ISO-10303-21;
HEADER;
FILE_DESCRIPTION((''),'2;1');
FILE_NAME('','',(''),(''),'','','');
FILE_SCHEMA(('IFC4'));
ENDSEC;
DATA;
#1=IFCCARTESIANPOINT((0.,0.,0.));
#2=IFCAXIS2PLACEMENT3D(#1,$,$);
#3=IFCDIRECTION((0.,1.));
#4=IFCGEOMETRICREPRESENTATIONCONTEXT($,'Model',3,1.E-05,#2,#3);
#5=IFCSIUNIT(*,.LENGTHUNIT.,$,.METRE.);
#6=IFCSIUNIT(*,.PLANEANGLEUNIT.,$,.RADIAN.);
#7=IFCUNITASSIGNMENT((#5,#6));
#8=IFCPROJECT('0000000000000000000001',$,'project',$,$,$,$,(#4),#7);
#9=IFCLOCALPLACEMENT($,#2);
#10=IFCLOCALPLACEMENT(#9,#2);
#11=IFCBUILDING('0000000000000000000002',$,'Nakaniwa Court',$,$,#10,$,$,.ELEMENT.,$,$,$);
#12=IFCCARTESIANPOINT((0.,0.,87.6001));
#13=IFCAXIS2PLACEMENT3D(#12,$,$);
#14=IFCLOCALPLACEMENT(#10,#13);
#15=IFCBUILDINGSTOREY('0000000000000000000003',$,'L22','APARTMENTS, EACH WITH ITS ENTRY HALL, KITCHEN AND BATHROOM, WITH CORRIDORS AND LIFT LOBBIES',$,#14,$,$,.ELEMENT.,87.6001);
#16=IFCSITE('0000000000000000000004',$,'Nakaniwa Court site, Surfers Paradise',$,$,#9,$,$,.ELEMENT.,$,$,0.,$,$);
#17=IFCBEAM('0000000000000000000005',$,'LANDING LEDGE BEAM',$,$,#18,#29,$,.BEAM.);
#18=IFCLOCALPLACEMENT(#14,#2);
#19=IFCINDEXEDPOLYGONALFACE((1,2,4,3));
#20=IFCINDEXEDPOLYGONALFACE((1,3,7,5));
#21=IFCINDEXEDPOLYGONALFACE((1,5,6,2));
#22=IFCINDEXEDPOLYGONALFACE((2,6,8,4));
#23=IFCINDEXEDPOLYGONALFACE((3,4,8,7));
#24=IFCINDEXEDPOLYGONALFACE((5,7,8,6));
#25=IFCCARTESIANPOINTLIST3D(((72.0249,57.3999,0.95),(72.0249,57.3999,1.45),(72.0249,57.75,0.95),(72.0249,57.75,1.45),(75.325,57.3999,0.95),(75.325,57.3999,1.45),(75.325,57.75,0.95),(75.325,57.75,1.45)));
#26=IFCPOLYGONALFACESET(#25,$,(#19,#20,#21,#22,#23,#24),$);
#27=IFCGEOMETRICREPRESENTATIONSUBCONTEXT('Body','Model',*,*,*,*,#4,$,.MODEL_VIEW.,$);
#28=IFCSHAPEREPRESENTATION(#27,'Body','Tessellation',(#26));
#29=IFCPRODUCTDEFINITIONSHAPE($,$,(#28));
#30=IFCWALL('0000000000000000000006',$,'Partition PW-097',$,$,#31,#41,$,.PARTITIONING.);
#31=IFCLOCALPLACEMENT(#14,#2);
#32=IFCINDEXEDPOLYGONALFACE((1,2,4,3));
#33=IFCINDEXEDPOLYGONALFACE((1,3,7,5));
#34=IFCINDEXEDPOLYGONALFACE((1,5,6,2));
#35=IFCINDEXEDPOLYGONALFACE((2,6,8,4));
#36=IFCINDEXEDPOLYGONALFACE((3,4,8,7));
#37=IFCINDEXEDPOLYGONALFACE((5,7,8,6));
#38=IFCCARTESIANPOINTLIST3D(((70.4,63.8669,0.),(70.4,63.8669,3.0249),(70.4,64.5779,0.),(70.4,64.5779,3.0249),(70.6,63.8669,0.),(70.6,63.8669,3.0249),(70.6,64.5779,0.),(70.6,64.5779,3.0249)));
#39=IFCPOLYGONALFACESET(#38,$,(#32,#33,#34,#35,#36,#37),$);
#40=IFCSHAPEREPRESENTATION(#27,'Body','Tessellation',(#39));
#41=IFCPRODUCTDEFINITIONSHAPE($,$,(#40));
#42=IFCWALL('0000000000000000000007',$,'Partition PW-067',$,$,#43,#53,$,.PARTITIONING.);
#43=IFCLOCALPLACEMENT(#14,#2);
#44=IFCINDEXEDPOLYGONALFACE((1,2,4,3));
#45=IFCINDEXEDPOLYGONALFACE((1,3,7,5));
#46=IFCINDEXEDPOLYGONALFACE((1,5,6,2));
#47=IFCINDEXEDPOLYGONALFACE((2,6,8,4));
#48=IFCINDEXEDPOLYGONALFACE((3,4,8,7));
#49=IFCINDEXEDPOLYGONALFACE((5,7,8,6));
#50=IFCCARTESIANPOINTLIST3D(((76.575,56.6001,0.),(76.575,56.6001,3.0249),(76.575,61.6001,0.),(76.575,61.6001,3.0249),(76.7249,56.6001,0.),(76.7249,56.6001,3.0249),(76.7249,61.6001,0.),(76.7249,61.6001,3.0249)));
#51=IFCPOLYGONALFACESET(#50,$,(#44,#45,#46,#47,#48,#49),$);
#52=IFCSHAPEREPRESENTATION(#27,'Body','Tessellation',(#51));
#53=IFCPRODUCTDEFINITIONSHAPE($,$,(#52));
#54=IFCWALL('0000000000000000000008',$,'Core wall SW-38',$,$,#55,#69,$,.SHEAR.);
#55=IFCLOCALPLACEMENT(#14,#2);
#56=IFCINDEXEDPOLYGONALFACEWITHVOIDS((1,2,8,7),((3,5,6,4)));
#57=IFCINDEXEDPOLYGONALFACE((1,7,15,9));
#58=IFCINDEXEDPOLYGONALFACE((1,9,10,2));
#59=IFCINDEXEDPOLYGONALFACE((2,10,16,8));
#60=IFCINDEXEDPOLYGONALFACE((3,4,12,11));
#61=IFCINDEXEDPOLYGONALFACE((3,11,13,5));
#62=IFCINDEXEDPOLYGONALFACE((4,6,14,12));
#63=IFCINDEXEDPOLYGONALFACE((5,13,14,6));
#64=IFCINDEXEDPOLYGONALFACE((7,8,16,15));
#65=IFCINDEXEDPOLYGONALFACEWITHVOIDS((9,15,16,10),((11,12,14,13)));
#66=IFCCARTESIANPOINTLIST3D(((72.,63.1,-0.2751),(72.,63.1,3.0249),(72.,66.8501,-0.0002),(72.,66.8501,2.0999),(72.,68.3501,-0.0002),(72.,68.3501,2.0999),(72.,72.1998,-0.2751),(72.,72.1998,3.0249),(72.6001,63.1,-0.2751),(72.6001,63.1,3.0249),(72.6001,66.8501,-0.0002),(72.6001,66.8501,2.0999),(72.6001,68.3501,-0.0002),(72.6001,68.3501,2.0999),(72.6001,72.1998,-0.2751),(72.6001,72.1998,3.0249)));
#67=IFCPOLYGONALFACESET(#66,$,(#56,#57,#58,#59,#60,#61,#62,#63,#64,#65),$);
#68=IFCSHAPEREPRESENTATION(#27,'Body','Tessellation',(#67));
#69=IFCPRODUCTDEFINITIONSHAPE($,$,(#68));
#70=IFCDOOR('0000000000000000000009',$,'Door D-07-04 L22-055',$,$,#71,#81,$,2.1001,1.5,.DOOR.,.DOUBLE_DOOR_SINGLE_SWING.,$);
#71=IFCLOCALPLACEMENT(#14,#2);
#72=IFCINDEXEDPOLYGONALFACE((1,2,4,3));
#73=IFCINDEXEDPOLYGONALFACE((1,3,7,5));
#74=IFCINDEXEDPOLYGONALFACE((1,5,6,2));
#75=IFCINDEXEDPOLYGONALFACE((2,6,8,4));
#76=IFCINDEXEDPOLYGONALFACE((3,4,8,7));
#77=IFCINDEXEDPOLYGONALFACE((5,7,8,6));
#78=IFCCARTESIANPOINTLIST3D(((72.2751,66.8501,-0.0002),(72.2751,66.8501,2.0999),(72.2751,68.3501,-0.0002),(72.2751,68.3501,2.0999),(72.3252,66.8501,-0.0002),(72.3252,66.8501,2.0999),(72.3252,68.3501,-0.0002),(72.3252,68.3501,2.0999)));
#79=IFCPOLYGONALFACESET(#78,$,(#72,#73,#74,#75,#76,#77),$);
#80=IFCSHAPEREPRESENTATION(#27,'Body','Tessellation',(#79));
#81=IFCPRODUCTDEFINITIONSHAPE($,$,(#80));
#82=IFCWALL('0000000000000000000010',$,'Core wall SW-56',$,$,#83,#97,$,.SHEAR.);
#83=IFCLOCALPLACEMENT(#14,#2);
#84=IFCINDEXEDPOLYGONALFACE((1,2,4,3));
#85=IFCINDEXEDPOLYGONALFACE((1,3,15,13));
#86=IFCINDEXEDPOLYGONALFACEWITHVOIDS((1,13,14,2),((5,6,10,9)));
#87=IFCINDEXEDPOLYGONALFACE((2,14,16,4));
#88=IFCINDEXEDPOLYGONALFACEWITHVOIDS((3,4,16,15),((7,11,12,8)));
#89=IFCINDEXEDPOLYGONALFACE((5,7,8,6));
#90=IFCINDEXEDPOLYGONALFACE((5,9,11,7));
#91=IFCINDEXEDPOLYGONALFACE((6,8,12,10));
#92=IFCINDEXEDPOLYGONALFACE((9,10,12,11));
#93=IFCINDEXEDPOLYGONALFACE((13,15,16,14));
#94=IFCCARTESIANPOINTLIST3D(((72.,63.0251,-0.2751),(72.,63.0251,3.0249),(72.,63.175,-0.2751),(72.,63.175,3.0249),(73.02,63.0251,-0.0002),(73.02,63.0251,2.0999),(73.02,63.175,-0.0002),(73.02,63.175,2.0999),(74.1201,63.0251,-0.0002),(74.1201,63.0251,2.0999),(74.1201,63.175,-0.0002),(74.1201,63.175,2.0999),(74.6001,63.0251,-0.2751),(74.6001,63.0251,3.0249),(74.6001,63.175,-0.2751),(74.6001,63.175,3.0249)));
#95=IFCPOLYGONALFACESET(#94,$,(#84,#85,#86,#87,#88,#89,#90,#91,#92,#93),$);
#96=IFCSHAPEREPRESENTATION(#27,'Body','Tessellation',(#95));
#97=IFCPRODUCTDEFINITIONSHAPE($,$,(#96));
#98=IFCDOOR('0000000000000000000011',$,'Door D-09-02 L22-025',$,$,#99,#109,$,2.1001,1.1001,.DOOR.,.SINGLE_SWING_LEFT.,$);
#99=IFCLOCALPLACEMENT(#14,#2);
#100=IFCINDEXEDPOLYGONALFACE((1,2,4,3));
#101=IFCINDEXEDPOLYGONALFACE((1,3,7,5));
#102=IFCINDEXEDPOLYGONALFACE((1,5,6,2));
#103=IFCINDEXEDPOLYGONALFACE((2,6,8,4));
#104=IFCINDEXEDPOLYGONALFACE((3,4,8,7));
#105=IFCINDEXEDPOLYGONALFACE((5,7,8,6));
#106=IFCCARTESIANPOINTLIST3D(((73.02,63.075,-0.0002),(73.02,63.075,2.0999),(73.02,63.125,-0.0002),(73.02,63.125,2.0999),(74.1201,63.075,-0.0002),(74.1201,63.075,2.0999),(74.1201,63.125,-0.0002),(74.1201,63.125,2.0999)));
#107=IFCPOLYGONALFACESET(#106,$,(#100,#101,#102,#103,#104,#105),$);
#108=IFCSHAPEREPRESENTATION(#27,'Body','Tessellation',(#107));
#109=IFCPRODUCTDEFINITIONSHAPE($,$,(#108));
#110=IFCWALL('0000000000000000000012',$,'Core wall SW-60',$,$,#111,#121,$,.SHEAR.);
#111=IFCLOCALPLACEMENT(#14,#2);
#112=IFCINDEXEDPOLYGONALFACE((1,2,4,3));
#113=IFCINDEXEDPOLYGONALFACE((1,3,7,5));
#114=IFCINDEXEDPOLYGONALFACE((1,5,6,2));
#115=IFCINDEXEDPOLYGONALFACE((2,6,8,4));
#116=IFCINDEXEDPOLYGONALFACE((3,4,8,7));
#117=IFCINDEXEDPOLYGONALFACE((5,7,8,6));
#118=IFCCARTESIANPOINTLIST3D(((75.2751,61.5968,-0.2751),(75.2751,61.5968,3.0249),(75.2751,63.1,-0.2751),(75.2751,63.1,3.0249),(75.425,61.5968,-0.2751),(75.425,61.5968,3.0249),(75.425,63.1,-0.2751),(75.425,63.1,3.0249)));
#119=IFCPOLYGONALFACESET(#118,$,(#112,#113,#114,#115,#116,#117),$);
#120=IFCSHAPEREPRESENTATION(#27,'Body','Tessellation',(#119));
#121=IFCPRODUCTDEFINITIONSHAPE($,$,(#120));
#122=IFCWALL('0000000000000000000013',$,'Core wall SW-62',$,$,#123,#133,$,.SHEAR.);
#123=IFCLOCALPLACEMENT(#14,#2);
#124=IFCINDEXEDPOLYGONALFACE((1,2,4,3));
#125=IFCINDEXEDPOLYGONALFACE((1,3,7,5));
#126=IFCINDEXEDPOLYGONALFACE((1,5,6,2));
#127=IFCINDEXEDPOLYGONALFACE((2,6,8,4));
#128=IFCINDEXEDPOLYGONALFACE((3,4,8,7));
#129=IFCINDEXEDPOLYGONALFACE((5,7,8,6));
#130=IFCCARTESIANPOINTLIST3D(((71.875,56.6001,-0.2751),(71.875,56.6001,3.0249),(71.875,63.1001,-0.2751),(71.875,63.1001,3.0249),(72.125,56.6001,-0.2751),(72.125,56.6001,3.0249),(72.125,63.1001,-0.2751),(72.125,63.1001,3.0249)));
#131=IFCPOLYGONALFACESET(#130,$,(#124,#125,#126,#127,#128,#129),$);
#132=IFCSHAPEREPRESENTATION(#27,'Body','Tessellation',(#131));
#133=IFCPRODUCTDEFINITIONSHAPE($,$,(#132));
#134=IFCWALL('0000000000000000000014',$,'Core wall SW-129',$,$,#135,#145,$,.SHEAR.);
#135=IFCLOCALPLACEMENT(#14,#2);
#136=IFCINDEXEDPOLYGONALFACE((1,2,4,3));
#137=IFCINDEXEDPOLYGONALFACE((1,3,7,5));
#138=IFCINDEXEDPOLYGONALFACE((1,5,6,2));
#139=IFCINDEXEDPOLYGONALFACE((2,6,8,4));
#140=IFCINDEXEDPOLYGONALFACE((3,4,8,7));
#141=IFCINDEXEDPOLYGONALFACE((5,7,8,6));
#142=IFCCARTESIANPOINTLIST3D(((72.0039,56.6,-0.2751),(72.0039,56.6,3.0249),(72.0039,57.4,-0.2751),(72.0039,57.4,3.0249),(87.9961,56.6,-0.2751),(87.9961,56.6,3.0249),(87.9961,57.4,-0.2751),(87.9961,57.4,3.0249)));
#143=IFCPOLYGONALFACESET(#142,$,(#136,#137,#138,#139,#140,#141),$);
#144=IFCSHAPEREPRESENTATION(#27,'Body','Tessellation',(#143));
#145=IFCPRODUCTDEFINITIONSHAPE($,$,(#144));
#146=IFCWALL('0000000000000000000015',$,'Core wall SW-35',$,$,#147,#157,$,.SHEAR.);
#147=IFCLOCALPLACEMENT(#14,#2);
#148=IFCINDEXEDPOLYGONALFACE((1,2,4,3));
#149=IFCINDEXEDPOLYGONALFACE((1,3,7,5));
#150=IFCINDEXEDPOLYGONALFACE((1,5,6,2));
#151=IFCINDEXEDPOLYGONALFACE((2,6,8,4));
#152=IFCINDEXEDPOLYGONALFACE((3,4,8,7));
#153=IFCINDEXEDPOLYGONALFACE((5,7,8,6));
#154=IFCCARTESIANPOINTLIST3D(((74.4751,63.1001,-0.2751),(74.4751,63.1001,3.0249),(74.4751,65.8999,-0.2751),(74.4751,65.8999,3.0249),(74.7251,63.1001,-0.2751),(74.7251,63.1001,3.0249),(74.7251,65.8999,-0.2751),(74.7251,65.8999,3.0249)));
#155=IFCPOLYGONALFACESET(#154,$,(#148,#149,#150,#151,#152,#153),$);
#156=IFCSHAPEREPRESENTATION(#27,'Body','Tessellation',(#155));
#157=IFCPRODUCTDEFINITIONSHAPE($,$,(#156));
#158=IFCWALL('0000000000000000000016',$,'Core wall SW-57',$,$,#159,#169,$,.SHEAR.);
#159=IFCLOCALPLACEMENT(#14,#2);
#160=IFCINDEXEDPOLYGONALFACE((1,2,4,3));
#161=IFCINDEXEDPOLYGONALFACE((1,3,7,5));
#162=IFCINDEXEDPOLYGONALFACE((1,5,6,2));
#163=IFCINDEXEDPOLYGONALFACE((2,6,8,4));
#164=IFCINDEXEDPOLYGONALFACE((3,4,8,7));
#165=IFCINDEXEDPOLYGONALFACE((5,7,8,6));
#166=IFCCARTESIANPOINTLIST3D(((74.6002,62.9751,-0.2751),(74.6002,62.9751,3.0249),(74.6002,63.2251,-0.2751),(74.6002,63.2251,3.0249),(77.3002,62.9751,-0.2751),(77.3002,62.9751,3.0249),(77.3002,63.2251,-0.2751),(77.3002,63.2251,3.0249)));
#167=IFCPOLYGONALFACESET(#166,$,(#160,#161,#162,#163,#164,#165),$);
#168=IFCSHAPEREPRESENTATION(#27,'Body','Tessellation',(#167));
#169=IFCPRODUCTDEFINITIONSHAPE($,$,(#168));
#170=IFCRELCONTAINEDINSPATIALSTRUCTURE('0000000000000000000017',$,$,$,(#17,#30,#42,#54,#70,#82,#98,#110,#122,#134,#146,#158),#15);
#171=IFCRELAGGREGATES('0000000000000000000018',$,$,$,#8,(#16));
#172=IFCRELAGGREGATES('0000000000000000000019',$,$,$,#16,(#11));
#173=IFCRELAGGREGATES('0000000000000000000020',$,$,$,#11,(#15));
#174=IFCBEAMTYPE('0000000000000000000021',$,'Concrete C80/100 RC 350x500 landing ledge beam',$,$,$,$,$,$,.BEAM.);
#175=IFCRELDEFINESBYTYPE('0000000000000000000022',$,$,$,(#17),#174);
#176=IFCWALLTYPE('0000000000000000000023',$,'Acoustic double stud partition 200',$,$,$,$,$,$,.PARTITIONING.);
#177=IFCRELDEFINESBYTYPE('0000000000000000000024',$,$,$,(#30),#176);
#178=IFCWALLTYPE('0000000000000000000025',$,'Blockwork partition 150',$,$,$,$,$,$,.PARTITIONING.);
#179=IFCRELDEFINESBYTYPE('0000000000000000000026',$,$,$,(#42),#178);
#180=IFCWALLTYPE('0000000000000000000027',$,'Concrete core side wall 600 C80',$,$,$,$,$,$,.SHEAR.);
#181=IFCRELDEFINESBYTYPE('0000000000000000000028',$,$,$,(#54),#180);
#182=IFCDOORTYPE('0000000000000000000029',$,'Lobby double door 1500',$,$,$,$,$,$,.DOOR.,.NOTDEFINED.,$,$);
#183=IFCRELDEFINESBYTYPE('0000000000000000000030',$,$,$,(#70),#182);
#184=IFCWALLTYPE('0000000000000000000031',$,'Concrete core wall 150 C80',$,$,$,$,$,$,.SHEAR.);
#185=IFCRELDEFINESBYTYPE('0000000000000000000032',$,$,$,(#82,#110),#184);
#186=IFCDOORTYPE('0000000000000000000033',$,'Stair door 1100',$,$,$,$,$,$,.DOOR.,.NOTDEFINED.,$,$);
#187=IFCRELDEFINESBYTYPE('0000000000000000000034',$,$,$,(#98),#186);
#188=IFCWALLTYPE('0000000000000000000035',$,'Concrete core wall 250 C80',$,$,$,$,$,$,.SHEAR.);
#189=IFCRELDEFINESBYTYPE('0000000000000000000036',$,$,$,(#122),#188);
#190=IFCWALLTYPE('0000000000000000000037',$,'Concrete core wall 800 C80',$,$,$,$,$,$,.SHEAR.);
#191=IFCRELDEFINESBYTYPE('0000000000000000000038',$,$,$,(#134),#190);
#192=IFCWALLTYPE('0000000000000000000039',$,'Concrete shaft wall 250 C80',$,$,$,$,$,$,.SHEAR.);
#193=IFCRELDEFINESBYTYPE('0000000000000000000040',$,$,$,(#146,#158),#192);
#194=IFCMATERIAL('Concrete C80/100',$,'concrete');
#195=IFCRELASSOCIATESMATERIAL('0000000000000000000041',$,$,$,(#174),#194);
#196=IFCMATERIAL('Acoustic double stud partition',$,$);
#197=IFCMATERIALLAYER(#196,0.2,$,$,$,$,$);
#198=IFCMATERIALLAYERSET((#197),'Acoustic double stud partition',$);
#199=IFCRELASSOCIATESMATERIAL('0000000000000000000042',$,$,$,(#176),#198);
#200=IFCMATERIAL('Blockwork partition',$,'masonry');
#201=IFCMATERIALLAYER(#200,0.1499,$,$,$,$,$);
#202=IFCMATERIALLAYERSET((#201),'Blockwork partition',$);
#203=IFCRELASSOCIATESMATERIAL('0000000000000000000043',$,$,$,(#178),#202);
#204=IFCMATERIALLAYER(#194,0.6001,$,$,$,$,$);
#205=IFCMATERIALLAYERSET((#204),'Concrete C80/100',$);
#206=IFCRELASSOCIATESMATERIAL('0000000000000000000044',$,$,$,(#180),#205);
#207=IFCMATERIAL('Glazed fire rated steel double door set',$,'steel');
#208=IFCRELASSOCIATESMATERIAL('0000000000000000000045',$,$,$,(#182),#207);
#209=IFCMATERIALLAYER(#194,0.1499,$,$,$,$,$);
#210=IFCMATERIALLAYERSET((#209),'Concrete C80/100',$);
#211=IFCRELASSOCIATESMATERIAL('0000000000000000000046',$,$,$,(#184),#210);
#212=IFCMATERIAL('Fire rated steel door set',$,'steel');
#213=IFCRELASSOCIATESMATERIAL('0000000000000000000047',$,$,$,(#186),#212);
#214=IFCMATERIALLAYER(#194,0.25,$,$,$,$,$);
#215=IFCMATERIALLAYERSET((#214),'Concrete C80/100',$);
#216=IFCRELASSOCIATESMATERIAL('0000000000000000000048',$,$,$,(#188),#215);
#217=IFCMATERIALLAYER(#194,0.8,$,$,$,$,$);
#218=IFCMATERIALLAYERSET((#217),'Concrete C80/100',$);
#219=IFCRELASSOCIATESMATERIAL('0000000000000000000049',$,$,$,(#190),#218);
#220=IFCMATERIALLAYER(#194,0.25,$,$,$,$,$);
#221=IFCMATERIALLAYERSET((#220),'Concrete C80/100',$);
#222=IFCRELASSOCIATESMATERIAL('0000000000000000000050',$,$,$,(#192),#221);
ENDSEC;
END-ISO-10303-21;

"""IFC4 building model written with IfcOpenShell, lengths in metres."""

from ifc_helpers import new_model, si_unit, direction, frame, frame_2d, origin, origin_2d, place, context, subcontext, project, spatial, rectangle, extrude, material, layer, layer_set, material_profile, profile_set, type_object, element, fill, save


model = new_model("IFC4")

# Units and contexts
model_context = context("Model", 3, precision=1e-05, world=origin(), true_north=direction((0.0, 1.0)))
body_context = subcontext(model_context, "Body", "Model", "MODEL_VIEW")
ifc_project = project(units=[si_unit("LENGTHUNIT", "METRE"), si_unit("PLANEANGLEUNIT", "RADIAN")], contexts=[model_context])

# Site, building, storey
site_placement = place(None, origin())
site = spatial("IfcSite", under=ifc_project, at=site_placement, Name="Nakaniwa Court site, Surfers Paradise", CompositionType="ELEMENT", RefElevation=0.0)
building_placement = place(site_placement, origin())
building = spatial("IfcBuilding", under=site, at=building_placement, Name="Nakaniwa Court", CompositionType="ELEMENT")
storey_placement = place(building_placement, frame((0.0, 0.0, 87.6001)))
storey = spatial("IfcBuildingStorey", under=building, at=storey_placement, Name="L22", Description="APARTMENTS, EACH WITH ITS ENTRY HALL, KITCHEN AND BATHROOM, WITH CORRIDORS AND LIFT LOBBIES", CompositionType="ELEMENT", Elevation=87.6001)

# Beam
ifc_material_1 = material(Name="Concrete C80/100", Category="concrete")
ifc_material_profile = material_profile(ifc_material_1, rectangle(XDim=0.3501, YDim=0.5, at=origin_2d()), Name="Concrete C80/100 RC 350x500 landing ledge beam")
ifc_profile_set = profile_set([ifc_material_profile], Name="Concrete C80/100")
beam_type = type_object("IfcBeamType", Name="Concrete C80/100 RC 350x500 landing ledge beam", PredefinedType="BEAM", material=ifc_profile_set)
beam_placement = place(storey_placement, frame((72.0249, 57.575, 1.2), z_axis=(1.0, 0.0, 0.0), x_axis=(0.0, 1.0, 0.0)))
element("IfcBeam", 1, at=beam_placement, inside=storey, type_object=beam_type, Name="LANDING LEDGE BEAM", PredefinedType="BEAM", context=body_context, shape_type="SweptSolid", body=[
    extrude(rectangle(XDim=0.3501, YDim=0.5, at=origin_2d()), origin(), (0.0, 0.0, 1.0), 3.3),
])

# Walls
ifc_material_2 = material(Name="Acoustic double stud partition")
ifc_layer_1 = layer(ifc_material_2, 0.2)
ifc_layer_set_1 = layer_set([ifc_layer_1], Name="Acoustic double stud partition")
wall_type_1 = type_object("IfcWallType", Name="Acoustic double stud partition 200", PredefinedType="PARTITIONING", material=ifc_layer_set_1)
wall_1_placement = place(storey_placement, frame((70.5, 63.8669, 0.0), z_axis=(0.0, 0.0, 1.0), x_axis=(0.0, 1.0, 0.0)))
element("IfcWall", 2, at=wall_1_placement, inside=storey, type_object=wall_type_1, Name="Partition PW-097", PredefinedType="PARTITIONING", context=body_context, shape_type="SweptSolid", body=[
    extrude(rectangle(XDim=0.7109, YDim=0.2, at=frame_2d((0.3555, 0.0))), origin(), (0.0, 0.0, 1.0), 3.0249),
])
ifc_material_3 = material(Name="Blockwork partition", Category="masonry")
ifc_layer_2 = layer(ifc_material_3, 0.1499)
ifc_layer_set_2 = layer_set([ifc_layer_2], Name="Blockwork partition")
wall_type_2 = type_object("IfcWallType", Name="Blockwork partition 150", PredefinedType="PARTITIONING", material=ifc_layer_set_2)
wall_2_placement = place(storey_placement, frame((76.6499, 56.6001, 0.0), z_axis=(0.0, 0.0, 1.0), x_axis=(0.0, 1.0, 0.0)))
element("IfcWall", 3, at=wall_2_placement, inside=storey, type_object=wall_type_2, Name="Partition PW-067", PredefinedType="PARTITIONING", context=body_context, shape_type="SweptSolid", body=[
    extrude(rectangle(XDim=5.0, YDim=0.1499, at=frame_2d((2.5, 0.0))), origin(), (0.0, 0.0, 1.0), 3.0249),
])

# Walls, openings, doors
ifc_layer_3 = layer(ifc_material_1, 0.6001)
ifc_layer_set_3 = layer_set([ifc_layer_3], Name="Concrete C80/100")
wall_type_3 = type_object("IfcWallType", Name="Concrete core side wall 600 C80", PredefinedType="SHEAR", material=ifc_layer_set_3)
wall_3_placement = place(storey_placement, frame((72.3, 63.1001, -0.2751), z_axis=(0.0, 0.0, 1.0), x_axis=(0.0, 1.0, 0.0)))
wall_3 = element("IfcWall", 4, at=wall_3_placement, inside=storey, type_object=wall_type_3, Name="Core wall SW-38", PredefinedType="SHEAR", context=body_context, shape_type="SweptSolid", body=[
    extrude(rectangle(XDim=9.0999, YDim=0.6001, at=frame_2d((4.5498, 0.0))), origin(), (0.0, 0.0, 1.0), 3.3),
])
opening_1_placement = place(wall_3_placement, frame((3.75, 0.0, 0.2749)))
opening_1 = element("IfcOpeningElement", 5, at=opening_1_placement, cuts=wall_3, PredefinedType="OPENING", context=body_context, shape_type="SweptSolid", body=[
    extrude(rectangle(XDim=1.5, YDim=2.1001, at=frame_2d((0.75, 1.05))), frame((0.0, 0.3101, 0.0), z_axis=(0.0, -1.0, 0.0), x_axis=(1.0, 0.0, 0.0)), (0.0, 0.0, 1.0), 0.6201),
])
ifc_material_4 = material(Name="Glazed fire rated steel double door set", Category="steel")
door_type_1 = type_object("IfcDoorType", Name="Lobby double door 1500", OperationType="NOTDEFINED", PredefinedType="DOOR", material=ifc_material_4)
door_1_placement = place(opening_1_placement, origin())
door_1 = element("IfcDoor", 6, at=door_1_placement, inside=storey, type_object=door_type_1, Name="Door D-07-04 L22-055", OperationType="DOUBLE_DOOR_SINGLE_SWING", OverallHeight=2.1001, OverallWidth=1.5, PredefinedType="DOOR", context=body_context, shape_type="SweptSolid", body=[
    extrude(rectangle(XDim=1.5, YDim=2.1001, at=frame_2d((0.75, 1.05))), frame((0.0, 0.0249, 0.0), z_axis=(0.0, -1.0, 0.0), x_axis=(1.0, 0.0, 0.0)), (0.0, 0.0, 1.0), 0.05),
])
fill(opening_1, door_1)
ifc_layer_4 = layer(ifc_material_1, 0.1499)
ifc_layer_set_4 = layer_set([ifc_layer_4], Name="Concrete C80/100")
wall_type_4 = type_object("IfcWallType", Name="Concrete core wall 150 C80", PredefinedType="SHEAR", material=ifc_layer_set_4)
wall_4_placement = place(storey_placement, frame((72.0, 63.1001, -0.2751), z_axis=(0.0, 0.0, 1.0), x_axis=(1.0, 0.0, 0.0)))
wall_4 = element("IfcWall", 7, at=wall_4_placement, inside=storey, type_object=wall_type_4, Name="Core wall SW-56", PredefinedType="SHEAR", context=body_context, shape_type="SweptSolid", body=[
    extrude(rectangle(XDim=2.6001, YDim=0.1499, at=frame_2d((1.3, 0.0))), origin(), (0.0, 0.0, 1.0), 3.3),
])
opening_2_placement = place(wall_4_placement, frame((1.02, 0.0, 0.2749)))
opening_2 = element("IfcOpeningElement", 8, at=opening_2_placement, cuts=wall_4, PredefinedType="OPENING", context=body_context, shape_type="SweptSolid", body=[
    extrude(rectangle(XDim=1.1001, YDim=2.1001, at=frame_2d((0.55, 1.05))), frame((0.0, 0.085, 0.0), z_axis=(0.0, -1.0, 0.0), x_axis=(1.0, 0.0, 0.0)), (0.0, 0.0, 1.0), 0.1699),
])
ifc_material_5 = material(Name="Fire rated steel door set", Category="steel")
door_type_2 = type_object("IfcDoorType", Name="Stair door 1100", OperationType="NOTDEFINED", PredefinedType="DOOR", material=ifc_material_5)
door_2_placement = place(opening_2_placement, origin())
door_2 = element("IfcDoor", 9, at=door_2_placement, inside=storey, type_object=door_type_2, Name="Door D-09-02 L22-025", OperationType="SINGLE_SWING_LEFT", OverallHeight=2.1001, OverallWidth=1.1001, PredefinedType="DOOR", context=body_context, shape_type="SweptSolid", body=[
    extrude(rectangle(XDim=1.1001, YDim=2.1001, at=frame_2d((0.55, 1.05))), frame((0.0, 0.0249, 0.0), z_axis=(0.0, -1.0, 0.0), x_axis=(1.0, 0.0, 0.0)), (0.0, 0.0, 1.0), 0.05),
])
fill(opening_2, door_2)

# Walls
wall_5_placement = place(storey_placement, frame((75.3501, 61.5969, -0.2751), z_axis=(0.0, 0.0, 1.0), x_axis=(0.0, 1.0, 0.0)))
element("IfcWall", 10, at=wall_5_placement, inside=storey, type_object=wall_type_4, Name="Core wall SW-60", PredefinedType="SHEAR", context=body_context, shape_type="SweptSolid", body=[
    extrude(rectangle(XDim=1.5032, YDim=0.1499, at=frame_2d((0.7515, 0.0))), origin(), (0.0, 0.0, 1.0), 3.3),
])
ifc_layer_5 = layer(ifc_material_1, 0.25)
ifc_layer_set_5 = layer_set([ifc_layer_5], Name="Concrete C80/100")
wall_type_5 = type_object("IfcWallType", Name="Concrete core wall 250 C80", PredefinedType="SHEAR", material=ifc_layer_set_5)
wall_6_placement = place(storey_placement, frame((72.0, 56.6001, -0.2751), z_axis=(0.0, 0.0, 1.0), x_axis=(0.0, 1.0, 0.0)))
element("IfcWall", 11, at=wall_6_placement, inside=storey, type_object=wall_type_5, Name="Core wall SW-62", PredefinedType="SHEAR", context=body_context, shape_type="SweptSolid", body=[
    extrude(rectangle(XDim=6.5, YDim=0.25, at=frame_2d((3.25, 0.0))), origin(), (0.0, 0.0, 1.0), 3.3),
])
ifc_layer_6 = layer(ifc_material_1, 0.8)
ifc_layer_set_6 = layer_set([ifc_layer_6], Name="Concrete C80/100")
wall_type_6 = type_object("IfcWallType", Name="Concrete core wall 800 C80", PredefinedType="SHEAR", material=ifc_layer_set_6)
wall_7_placement = place(storey_placement, frame((72.0039, 57.0, -0.2751), z_axis=(0.0, 0.0, 1.0), x_axis=(1.0, 0.0, 0.0)))
element("IfcWall", 12, at=wall_7_placement, inside=storey, type_object=wall_type_6, Name="Core wall SW-129", PredefinedType="SHEAR", context=body_context, shape_type="SweptSolid", body=[
    extrude(rectangle(XDim=15.9922, YDim=0.8, at=frame_2d((7.9961, 0.0))), origin(), (0.0, 0.0, 1.0), 3.3),
])
ifc_layer_7 = layer(ifc_material_1, 0.25)
ifc_layer_set_7 = layer_set([ifc_layer_7], Name="Concrete C80/100")
wall_type_7 = type_object("IfcWallType", Name="Concrete shaft wall 250 C80", PredefinedType="SHEAR", material=ifc_layer_set_7)
wall_8_placement = place(storey_placement, frame((74.6001, 63.1001, -0.2751), z_axis=(0.0, 0.0, 1.0), x_axis=(0.0, 1.0, 0.0)))
element("IfcWall", 13, at=wall_8_placement, inside=storey, type_object=wall_type_7, Name="Core wall SW-35", PredefinedType="SHEAR", context=body_context, shape_type="SweptSolid", body=[
    extrude(rectangle(XDim=2.7998, YDim=0.25, at=frame_2d((1.3999, 0.0))), origin(), (0.0, 0.0, 1.0), 3.3),
])
wall_9_placement = place(storey_placement, frame((74.6001, 63.1001, -0.2751), z_axis=(0.0, 0.0, 1.0), x_axis=(1.0, 0.0, 0.0)))
element("IfcWall", 14, at=wall_9_placement, inside=storey, type_object=wall_type_7, Name="Core wall SW-57", PredefinedType="SHEAR", context=body_context, shape_type="SweptSolid", body=[
    extrude(rectangle(XDim=2.7, YDim=0.25, at=frame_2d((1.3501, 0.0))), origin(), (0.0, 0.0, 1.0), 3.3),
])

save(model, "model.ifc")
